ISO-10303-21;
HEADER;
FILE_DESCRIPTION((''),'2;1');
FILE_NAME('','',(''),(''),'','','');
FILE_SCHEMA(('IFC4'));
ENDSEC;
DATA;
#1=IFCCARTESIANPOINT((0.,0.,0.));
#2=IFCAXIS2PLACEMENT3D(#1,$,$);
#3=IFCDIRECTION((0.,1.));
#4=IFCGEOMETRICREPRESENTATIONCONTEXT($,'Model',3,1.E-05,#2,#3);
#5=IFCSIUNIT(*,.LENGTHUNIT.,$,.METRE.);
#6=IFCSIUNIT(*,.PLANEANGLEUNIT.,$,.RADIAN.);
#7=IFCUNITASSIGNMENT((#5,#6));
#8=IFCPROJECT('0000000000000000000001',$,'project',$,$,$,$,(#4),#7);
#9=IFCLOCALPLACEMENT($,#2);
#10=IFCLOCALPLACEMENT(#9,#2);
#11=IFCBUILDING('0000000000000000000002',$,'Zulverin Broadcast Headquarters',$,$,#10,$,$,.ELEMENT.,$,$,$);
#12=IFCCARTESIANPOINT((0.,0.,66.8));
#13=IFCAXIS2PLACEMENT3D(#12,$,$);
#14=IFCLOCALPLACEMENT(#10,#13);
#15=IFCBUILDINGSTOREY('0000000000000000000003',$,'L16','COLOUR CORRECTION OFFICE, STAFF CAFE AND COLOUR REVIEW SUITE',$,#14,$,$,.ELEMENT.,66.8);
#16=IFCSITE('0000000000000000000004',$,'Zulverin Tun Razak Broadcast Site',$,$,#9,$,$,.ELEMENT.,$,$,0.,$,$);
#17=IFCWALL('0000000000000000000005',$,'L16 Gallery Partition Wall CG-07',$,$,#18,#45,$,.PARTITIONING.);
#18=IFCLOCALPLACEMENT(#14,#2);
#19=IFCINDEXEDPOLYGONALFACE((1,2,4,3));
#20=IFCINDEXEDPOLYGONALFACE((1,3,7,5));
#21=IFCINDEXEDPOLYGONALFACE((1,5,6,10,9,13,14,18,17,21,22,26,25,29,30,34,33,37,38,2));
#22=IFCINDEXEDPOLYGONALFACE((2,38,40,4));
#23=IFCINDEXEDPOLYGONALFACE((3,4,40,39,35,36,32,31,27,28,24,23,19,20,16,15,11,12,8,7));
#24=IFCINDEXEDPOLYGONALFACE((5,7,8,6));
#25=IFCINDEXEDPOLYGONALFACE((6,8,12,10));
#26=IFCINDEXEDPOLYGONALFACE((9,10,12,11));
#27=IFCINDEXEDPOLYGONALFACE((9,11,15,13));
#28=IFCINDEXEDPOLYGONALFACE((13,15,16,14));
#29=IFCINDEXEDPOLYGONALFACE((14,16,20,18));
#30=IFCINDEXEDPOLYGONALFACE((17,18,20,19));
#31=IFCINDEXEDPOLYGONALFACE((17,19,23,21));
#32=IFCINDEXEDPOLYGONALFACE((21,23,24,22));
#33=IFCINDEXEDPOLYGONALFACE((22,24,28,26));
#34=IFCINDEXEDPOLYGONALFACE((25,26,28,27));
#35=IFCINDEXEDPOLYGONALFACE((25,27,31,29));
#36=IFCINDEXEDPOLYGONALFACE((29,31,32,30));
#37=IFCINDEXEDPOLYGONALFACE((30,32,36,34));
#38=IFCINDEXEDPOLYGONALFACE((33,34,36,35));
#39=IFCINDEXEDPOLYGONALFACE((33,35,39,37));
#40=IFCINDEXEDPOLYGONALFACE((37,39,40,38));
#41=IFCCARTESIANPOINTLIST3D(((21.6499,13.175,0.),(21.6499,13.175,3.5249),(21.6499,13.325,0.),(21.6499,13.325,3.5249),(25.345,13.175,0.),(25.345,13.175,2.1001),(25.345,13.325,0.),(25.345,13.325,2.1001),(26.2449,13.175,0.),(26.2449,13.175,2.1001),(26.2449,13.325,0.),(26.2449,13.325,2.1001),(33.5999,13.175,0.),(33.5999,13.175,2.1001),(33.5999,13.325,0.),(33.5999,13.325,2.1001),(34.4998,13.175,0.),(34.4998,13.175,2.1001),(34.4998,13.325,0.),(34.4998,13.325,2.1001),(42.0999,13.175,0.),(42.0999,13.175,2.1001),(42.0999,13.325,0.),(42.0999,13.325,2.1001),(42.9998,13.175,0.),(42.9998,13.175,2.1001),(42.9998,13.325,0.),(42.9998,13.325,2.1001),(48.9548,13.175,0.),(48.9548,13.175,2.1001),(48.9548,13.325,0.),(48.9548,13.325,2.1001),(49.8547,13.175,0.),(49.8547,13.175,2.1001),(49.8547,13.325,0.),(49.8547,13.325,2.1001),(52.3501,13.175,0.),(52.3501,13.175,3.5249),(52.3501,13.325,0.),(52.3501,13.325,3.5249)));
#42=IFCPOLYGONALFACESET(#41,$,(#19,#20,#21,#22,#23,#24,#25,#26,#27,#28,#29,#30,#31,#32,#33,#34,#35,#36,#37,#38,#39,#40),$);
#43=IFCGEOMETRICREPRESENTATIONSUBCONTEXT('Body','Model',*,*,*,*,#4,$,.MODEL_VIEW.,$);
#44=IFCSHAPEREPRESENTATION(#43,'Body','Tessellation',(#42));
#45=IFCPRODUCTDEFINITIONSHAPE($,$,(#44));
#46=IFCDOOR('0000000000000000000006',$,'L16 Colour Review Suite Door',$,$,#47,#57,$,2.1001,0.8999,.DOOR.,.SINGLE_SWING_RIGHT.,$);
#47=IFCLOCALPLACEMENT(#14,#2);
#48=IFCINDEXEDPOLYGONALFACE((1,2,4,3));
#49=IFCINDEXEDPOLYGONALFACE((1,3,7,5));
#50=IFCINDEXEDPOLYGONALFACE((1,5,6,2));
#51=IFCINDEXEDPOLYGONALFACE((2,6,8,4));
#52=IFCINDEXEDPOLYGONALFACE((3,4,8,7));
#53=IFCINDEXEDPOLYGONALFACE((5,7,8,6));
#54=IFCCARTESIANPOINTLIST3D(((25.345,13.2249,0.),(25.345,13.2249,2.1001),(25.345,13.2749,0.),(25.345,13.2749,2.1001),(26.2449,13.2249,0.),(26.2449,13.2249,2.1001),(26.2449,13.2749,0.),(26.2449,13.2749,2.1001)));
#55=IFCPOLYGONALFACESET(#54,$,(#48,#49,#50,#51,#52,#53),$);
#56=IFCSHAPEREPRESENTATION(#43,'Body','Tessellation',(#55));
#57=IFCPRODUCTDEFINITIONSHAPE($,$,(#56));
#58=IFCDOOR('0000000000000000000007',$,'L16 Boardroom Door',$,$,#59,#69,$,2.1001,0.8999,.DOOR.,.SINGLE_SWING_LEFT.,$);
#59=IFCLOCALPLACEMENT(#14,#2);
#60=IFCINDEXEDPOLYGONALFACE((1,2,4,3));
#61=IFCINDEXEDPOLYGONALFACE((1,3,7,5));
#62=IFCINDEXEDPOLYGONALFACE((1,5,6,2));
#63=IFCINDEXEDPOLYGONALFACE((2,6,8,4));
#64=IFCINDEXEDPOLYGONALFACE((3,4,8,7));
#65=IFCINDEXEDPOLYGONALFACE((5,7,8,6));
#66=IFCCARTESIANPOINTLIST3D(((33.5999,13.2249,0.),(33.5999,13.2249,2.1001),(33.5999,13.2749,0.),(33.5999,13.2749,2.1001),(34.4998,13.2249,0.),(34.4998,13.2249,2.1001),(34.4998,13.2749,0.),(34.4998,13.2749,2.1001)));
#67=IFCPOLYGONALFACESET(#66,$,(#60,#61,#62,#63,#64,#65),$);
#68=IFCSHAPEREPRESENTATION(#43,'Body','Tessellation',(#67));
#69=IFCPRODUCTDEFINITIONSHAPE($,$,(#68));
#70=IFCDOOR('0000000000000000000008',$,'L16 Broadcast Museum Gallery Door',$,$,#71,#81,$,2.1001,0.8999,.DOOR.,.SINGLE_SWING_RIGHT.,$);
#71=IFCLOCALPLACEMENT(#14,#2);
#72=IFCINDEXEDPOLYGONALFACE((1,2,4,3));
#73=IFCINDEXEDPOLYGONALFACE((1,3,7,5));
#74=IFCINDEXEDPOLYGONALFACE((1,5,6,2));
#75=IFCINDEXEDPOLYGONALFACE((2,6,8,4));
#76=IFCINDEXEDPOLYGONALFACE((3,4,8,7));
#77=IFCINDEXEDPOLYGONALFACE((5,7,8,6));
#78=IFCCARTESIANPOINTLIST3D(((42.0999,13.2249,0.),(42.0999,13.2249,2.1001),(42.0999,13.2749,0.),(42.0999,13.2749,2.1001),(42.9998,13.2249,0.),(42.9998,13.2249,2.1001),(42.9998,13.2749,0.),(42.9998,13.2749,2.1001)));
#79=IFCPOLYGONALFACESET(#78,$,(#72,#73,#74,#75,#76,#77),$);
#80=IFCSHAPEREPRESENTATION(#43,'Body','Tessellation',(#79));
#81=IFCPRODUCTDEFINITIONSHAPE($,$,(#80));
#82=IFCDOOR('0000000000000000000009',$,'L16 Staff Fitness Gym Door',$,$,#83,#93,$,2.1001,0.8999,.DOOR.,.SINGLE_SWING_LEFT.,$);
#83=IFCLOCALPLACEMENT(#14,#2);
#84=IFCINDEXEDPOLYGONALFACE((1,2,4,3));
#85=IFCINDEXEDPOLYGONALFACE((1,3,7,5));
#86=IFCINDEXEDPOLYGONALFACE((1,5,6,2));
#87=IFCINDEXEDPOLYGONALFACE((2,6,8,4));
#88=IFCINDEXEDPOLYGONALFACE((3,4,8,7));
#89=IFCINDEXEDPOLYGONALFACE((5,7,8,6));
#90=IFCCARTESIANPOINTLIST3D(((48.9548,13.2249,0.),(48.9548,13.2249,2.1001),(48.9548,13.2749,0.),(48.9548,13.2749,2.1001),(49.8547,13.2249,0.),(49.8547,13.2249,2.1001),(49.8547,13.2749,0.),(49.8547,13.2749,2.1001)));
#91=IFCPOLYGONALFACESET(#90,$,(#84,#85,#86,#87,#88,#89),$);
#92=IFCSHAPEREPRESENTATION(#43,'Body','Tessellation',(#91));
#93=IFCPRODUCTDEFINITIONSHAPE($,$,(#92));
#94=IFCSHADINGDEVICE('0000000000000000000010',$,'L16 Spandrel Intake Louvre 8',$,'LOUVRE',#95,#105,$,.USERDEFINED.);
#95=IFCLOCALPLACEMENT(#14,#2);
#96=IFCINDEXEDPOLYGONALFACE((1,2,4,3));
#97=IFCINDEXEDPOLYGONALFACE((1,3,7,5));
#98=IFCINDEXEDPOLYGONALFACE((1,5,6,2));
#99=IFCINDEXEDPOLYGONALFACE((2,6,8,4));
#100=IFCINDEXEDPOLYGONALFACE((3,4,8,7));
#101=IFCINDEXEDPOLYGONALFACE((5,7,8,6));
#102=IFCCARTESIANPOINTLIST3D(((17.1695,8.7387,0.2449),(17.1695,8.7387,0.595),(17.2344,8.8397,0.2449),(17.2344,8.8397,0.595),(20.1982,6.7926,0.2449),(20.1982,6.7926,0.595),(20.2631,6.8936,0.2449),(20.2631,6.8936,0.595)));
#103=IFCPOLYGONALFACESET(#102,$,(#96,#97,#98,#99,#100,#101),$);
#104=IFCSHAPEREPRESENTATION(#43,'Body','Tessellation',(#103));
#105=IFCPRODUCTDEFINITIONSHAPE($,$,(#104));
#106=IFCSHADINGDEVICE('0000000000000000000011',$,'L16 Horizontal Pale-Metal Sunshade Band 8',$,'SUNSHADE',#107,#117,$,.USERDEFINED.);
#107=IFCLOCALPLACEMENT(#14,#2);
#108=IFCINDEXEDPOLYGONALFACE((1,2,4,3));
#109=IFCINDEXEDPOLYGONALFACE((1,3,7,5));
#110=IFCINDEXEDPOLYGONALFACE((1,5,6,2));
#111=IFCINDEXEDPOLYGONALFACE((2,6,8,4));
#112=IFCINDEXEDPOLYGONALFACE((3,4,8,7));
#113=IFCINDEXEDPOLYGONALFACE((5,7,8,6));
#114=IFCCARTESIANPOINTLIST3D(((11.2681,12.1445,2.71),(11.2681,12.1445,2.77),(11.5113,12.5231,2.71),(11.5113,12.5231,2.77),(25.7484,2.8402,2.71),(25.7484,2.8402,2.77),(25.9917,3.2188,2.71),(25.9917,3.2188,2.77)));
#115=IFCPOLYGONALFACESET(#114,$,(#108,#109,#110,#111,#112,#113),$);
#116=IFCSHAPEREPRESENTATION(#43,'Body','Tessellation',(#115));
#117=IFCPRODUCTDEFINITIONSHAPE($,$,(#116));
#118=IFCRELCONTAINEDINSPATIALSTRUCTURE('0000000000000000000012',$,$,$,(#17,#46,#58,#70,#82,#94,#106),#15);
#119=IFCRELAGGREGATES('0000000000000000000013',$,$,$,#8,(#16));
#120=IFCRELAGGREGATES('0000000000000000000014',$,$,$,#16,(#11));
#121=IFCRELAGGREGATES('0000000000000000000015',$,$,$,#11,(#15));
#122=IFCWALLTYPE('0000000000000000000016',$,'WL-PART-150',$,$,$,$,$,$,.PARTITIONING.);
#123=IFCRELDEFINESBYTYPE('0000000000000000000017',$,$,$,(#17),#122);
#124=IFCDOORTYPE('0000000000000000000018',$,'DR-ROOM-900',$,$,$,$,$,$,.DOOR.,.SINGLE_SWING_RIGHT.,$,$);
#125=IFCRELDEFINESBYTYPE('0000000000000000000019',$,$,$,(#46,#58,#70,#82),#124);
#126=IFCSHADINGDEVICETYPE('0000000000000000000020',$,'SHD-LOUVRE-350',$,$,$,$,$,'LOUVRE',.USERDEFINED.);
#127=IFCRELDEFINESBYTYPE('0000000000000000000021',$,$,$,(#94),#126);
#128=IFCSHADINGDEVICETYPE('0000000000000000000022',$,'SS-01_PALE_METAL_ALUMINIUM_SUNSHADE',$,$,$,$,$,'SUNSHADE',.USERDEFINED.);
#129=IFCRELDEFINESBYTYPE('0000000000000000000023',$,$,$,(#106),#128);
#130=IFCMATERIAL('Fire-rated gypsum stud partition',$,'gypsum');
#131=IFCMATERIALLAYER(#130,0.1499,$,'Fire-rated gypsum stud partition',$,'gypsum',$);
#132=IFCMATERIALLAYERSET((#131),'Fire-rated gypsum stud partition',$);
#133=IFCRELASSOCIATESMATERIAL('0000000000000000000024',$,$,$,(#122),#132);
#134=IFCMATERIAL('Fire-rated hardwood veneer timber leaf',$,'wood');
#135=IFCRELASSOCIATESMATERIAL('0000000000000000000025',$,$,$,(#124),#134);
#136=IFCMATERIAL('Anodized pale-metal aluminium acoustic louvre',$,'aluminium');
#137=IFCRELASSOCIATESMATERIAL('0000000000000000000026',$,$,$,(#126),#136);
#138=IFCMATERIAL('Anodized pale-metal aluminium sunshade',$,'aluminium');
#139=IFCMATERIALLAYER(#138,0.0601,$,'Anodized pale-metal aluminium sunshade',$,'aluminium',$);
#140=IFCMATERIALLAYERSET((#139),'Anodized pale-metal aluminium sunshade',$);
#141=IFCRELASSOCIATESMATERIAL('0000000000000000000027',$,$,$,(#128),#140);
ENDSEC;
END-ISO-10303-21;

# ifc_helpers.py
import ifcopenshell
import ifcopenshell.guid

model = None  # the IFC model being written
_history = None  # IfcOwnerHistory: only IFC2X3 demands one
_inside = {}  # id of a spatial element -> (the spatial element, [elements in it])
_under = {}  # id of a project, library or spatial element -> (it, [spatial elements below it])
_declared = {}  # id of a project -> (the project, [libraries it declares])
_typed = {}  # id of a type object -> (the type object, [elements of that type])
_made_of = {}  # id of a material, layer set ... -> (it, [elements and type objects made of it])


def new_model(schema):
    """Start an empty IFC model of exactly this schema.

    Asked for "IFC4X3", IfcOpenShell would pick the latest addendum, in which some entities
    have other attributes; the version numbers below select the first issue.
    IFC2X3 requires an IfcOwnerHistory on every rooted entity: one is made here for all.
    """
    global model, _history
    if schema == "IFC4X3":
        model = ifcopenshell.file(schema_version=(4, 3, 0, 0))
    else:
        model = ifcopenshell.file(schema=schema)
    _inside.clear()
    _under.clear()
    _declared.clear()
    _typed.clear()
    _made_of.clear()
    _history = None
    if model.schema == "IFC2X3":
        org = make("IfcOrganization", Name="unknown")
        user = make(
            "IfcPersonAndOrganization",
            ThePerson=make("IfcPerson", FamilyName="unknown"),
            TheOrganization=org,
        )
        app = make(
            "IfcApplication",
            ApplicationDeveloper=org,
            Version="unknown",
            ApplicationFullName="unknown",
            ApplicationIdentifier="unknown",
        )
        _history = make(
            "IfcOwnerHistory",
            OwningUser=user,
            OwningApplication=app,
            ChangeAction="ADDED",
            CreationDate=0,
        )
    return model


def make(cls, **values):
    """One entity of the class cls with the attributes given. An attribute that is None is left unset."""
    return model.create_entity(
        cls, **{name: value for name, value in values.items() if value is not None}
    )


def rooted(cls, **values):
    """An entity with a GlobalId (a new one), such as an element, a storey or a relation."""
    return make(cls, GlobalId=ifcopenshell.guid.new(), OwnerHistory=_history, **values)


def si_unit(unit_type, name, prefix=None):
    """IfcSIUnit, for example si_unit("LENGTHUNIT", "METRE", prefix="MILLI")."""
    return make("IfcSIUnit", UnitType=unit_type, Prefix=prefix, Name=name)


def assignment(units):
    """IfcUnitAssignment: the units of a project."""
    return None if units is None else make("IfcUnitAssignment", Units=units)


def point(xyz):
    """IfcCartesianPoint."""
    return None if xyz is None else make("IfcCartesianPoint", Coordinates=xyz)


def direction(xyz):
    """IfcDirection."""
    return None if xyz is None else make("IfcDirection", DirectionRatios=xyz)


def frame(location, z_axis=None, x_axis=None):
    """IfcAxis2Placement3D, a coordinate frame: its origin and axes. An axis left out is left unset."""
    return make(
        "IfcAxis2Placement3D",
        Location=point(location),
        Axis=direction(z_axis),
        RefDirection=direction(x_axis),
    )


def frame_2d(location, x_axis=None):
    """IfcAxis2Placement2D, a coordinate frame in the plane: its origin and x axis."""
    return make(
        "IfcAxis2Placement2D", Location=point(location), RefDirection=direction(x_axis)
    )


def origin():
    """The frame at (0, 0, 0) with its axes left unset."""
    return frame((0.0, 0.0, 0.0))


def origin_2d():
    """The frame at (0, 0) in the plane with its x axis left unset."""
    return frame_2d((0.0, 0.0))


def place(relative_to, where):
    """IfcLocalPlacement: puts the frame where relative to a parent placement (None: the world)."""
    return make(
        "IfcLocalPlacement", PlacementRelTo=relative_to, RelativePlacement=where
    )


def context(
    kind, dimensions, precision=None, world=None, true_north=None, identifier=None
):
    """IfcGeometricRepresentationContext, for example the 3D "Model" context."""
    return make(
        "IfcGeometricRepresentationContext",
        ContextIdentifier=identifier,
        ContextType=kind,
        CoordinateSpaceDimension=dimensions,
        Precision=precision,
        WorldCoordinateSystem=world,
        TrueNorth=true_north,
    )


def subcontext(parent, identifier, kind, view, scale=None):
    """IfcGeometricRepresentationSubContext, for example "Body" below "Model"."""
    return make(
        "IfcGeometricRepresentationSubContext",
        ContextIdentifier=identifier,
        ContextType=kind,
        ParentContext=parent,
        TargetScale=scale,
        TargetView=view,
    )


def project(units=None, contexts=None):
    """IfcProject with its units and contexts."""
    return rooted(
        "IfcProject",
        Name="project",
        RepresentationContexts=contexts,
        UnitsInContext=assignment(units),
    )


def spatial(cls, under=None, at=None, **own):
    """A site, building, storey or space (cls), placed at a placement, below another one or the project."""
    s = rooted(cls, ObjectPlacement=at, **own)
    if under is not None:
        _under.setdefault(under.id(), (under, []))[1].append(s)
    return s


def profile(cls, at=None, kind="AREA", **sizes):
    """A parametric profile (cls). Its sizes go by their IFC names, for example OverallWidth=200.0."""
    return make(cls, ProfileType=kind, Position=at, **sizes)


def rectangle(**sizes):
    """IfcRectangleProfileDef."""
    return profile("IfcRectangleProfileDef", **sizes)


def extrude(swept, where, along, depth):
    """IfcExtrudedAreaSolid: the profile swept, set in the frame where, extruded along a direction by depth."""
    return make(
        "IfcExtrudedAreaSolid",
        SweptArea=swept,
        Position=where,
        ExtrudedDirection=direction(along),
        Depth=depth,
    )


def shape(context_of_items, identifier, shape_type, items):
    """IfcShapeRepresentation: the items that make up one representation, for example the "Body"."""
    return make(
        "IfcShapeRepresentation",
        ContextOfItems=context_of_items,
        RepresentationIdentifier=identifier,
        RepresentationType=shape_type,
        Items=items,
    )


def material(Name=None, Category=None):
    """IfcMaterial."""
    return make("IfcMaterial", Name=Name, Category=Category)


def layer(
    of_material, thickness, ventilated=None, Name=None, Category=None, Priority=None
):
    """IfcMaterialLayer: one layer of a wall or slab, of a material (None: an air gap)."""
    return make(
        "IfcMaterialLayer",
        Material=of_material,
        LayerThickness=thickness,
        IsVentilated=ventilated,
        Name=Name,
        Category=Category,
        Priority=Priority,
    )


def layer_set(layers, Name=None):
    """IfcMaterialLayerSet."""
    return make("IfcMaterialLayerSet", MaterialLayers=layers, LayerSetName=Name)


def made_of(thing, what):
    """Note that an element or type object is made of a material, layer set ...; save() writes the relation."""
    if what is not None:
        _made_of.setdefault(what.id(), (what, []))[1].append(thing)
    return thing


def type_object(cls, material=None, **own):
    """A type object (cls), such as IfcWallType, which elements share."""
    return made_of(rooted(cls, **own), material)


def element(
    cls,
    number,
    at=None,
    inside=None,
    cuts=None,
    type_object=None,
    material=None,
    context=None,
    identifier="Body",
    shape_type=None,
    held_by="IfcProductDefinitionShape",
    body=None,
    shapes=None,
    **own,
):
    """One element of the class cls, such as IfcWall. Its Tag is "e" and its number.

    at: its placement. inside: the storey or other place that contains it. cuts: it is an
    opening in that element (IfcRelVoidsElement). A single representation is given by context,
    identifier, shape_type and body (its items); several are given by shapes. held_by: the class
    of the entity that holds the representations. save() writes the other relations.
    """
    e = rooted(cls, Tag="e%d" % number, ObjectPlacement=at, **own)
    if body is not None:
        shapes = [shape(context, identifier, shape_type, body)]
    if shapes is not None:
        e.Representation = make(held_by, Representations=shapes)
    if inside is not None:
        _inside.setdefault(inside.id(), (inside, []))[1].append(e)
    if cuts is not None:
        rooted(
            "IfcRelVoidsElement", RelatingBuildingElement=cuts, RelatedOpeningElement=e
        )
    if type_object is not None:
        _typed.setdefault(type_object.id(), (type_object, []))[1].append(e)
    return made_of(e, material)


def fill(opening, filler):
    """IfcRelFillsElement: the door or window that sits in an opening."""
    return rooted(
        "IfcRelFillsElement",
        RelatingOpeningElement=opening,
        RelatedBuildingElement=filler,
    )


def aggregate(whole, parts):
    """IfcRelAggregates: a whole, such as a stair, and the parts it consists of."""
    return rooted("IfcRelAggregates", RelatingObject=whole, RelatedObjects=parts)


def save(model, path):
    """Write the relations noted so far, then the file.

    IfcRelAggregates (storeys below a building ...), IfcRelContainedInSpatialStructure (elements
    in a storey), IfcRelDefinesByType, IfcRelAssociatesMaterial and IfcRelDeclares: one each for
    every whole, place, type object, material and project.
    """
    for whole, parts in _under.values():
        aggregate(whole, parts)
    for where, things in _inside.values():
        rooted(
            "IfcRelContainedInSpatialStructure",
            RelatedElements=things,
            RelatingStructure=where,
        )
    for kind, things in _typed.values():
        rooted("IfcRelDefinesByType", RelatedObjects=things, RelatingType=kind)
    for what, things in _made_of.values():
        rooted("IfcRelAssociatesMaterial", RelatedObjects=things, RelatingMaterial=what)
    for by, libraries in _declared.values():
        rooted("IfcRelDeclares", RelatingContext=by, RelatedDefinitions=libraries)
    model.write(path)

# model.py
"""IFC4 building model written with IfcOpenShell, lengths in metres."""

from ifc_helpers import new_model, si_unit, direction, frame, frame_2d, origin, origin_2d, place, context, subcontext, project, spatial, rectangle, extrude, material, layer, layer_set, type_object, element, fill, save


model = new_model("IFC4")

# Units and contexts
model_context = context("Model", 3, precision=1e-05, world=origin(), true_north=direction((0.0, 1.0)))
body_context = subcontext(model_context, "Body", "Model", "MODEL_VIEW")
ifc_project = project(units=[si_unit("LENGTHUNIT", "METRE"), si_unit("PLANEANGLEUNIT", "RADIAN")], contexts=[model_context])

# Site, building, storey
site_placement = place(None, origin())
site = spatial("IfcSite", under=ifc_project, at=site_placement, Name="Zulverin Tun Razak Broadcast Site", CompositionType="ELEMENT", RefElevation=0.0)
building_placement = place(site_placement, origin())
building = spatial("IfcBuilding", under=site, at=building_placement, Name="Zulverin Broadcast Headquarters", CompositionType="ELEMENT")
storey_placement = place(building_placement, frame((0.0, 0.0, 66.8)))
storey = spatial("IfcBuildingStorey", under=building, at=storey_placement, Name="L16", Description="COLOUR CORRECTION OFFICE, STAFF CAFE AND COLOUR REVIEW SUITE", CompositionType="ELEMENT", Elevation=66.8)

# Wall, openings, doors
ifc_material_1 = material(Name="Fire-rated gypsum stud partition", Category="gypsum")
ifc_layer_1 = layer(ifc_material_1, 0.1499, Name="Fire-rated gypsum stud partition", Category="gypsum")
ifc_layer_set_1 = layer_set([ifc_layer_1], Name="Fire-rated gypsum stud partition")
wall_type_1 = type_object("IfcWallType", Name="WL-PART-150", PredefinedType="PARTITIONING", material=ifc_layer_set_1)
ifc_material_2 = material(Name="Fire-rated hardwood veneer timber leaf", Category="wood")
door_type = type_object("IfcDoorType", Name="DR-ROOM-900", OperationType="SINGLE_SWING_RIGHT", PredefinedType="DOOR", material=ifc_material_2)
wall_1_placement = place(storey_placement, frame((21.6499, 13.25, 0.0), z_axis=(0.0, 0.0, 1.0), x_axis=(1.0, 0.0, 0.0)))
wall_1 = element("IfcWall", 1, at=wall_1_placement, inside=storey, type_object=wall_type_1, Name="L16 Gallery Partition Wall CG-07", PredefinedType="PARTITIONING", context=body_context, shape_type="SweptSolid", body=[
    extrude(rectangle(XDim=30.7002, YDim=0.1499, at=frame_2d((15.3501, 0.0))), origin(), (0.0, 0.0, 1.0), 3.5249),
])
opening_1_placement = place(wall_1_placement, frame((3.6951, 0.0, 0.0)))
opening_1 = element("IfcOpeningElement", 2, at=opening_1_placement, cuts=wall_1, PredefinedType="OPENING", context=body_context, shape_type="SweptSolid", body=[
    extrude(rectangle(XDim=0.8999, YDim=2.1001, at=frame_2d((0.45, 1.05))), frame((0.0, 0.085, 0.0), z_axis=(0.0, -1.0, 0.0), x_axis=(1.0, 0.0, 0.0)), (0.0, 0.0, 1.0), 0.1699),
])
opening_2_placement = place(wall_1_placement, frame((11.95, 0.0, 0.0)))
opening_2 = element("IfcOpeningElement", 3, at=opening_2_placement, cuts=wall_1, PredefinedType="OPENING", context=body_context, shape_type="SweptSolid", body=[
    extrude(rectangle(XDim=0.8999, YDim=2.1001, at=frame_2d((0.45, 1.05))), frame((0.0, 0.085, 0.0), z_axis=(0.0, -1.0, 0.0), x_axis=(1.0, 0.0, 0.0)), (0.0, 0.0, 1.0), 0.1699),
])
opening_3_placement = place(wall_1_placement, frame((20.45, 0.0, 0.0)))
opening_3 = element("IfcOpeningElement", 4, at=opening_3_placement, cuts=wall_1, PredefinedType="OPENING", context=body_context, shape_type="SweptSolid", body=[
    extrude(rectangle(XDim=0.8999, YDim=2.1001, at=frame_2d((0.45, 1.05))), frame((0.0, 0.085, 0.0), z_axis=(0.0, -1.0, 0.0), x_axis=(1.0, 0.0, 0.0)), (0.0, 0.0, 1.0), 0.1699),
])
opening_4_placement = place(wall_1_placement, frame((27.3049, 0.0, 0.0)))
opening_4 = element("IfcOpeningElement", 5, at=opening_4_placement, cuts=wall_1, PredefinedType="OPENING", context=body_context, shape_type="SweptSolid", body=[
    extrude(rectangle(XDim=0.8999, YDim=2.1001, at=frame_2d((0.45, 1.05))), frame((0.0, 0.085, 0.0), z_axis=(0.0, -1.0, 0.0), x_axis=(1.0, 0.0, 0.0)), (0.0, 0.0, 1.0), 0.1699),
])
door_1_placement = place(opening_1_placement, origin())
door_1 = element("IfcDoor", 6, at=door_1_placement, inside=storey, type_object=door_type, Name="L16 Colour Review Suite Door", OperationType="SINGLE_SWING_RIGHT", OverallHeight=2.1001, OverallWidth=0.8999, PredefinedType="DOOR", context=body_context, shape_type="SweptSolid", body=[
    extrude(rectangle(XDim=0.8999, YDim=2.1001, at=frame_2d((0.45, 1.05))), frame((0.0, 0.0249, 0.0), z_axis=(0.0, -1.0, 0.0), x_axis=(1.0, 0.0, 0.0)), (0.0, 0.0, 1.0), 0.05),
])
fill(opening_1, door_1)
door_2_placement = place(opening_2_placement, origin())
door_2 = element("IfcDoor", 7, at=door_2_placement, inside=storey, type_object=door_type, Name="L16 Boardroom Door", OperationType="SINGLE_SWING_LEFT", OverallHeight=2.1001, OverallWidth=0.8999, PredefinedType="DOOR", context=body_context, shape_type="SweptSolid", body=[
    extrude(rectangle(XDim=0.8999, YDim=2.1001, at=frame_2d((0.45, 1.05))), frame((0.0, 0.0249, 0.0), z_axis=(0.0, -1.0, 0.0), x_axis=(1.0, 0.0, 0.0)), (0.0, 0.0, 1.0), 0.05),
])
fill(opening_2, door_2)
door_3_placement = place(opening_3_placement, origin())
door_3 = element("IfcDoor", 8, at=door_3_placement, inside=storey, type_object=door_type, Name="L16 Broadcast Museum Gallery Door", OperationType="SINGLE_SWING_RIGHT", OverallHeight=2.1001, OverallWidth=0.8999, PredefinedType="DOOR", context=body_context, shape_type="SweptSolid", body=[
    extrude(rectangle(XDim=0.8999, YDim=2.1001, at=frame_2d((0.45, 1.05))), frame((0.0, 0.0249, 0.0), z_axis=(0.0, -1.0, 0.0), x_axis=(1.0, 0.0, 0.0)), (0.0, 0.0, 1.0), 0.05),
])
fill(opening_3, door_3)
door_4_placement = place(opening_4_placement, origin())
door_4 = element("IfcDoor", 9, at=door_4_placement, inside=storey, type_object=door_type, Name="L16 Staff Fitness Gym Door", OperationType="SINGLE_SWING_LEFT", OverallHeight=2.1001, OverallWidth=0.8999, PredefinedType="DOOR", context=body_context, shape_type="SweptSolid", body=[
    extrude(rectangle(XDim=0.8999, YDim=2.1001, at=frame_2d((0.45, 1.05))), frame((0.0, 0.0249, 0.0), z_axis=(0.0, -1.0, 0.0), x_axis=(1.0, 0.0, 0.0)), (0.0, 0.0, 1.0), 0.05),
])
fill(opening_4, door_4)

# Shading devices
ifc_material_3 = material(Name="Anodized pale-metal aluminium acoustic louvre", Category="aluminium")
shading_device_type_1 = type_object("IfcShadingDeviceType", Name="SHD-LOUVRE-350", ElementType="LOUVRE", PredefinedType="USERDEFINED", material=ifc_material_3)
shading_device_1_placement = place(storey_placement, frame((18.7163, 7.8162, 0.2449), z_axis=(0.0, 0.0, 1.0), x_axis=(0.841297, -0.540574, 0.0)))
element("IfcShadingDevice", 10, at=shading_device_1_placement, inside=storey, type_object=shading_device_type_1, Name="L16 Spandrel Intake Louvre 8", ObjectType="LOUVRE", PredefinedType="USERDEFINED", context=body_context, shape_type="SweptSolid", body=[
    extrude(rectangle(XDim=3.6001, YDim=0.1201, at=origin_2d()), origin(), (0.0, 0.0, 1.0), 0.3501),
])
ifc_material_4 = material(Name="Anodized pale-metal aluminium sunshade", Category="aluminium")
ifc_layer_2 = layer(ifc_material_4, 0.0601, Name="Anodized pale-metal aluminium sunshade", Category="aluminium")
ifc_layer_set_2 = layer_set([ifc_layer_2], Name="Anodized pale-metal aluminium sunshade")
shading_device_type_2 = type_object("IfcShadingDeviceType", Name="SS-01_PALE_METAL_ALUMINIUM_SUNSHADE", ElementType="SUNSHADE", PredefinedType="USERDEFINED", material=ifc_layer_set_2)
shading_device_2_placement = place(storey_placement, frame((18.6299, 7.6816, 2.71), z_axis=(0.0, 0.0, 1.0), x_axis=(0.841297, -0.540574, 0.0)))
element("IfcShadingDevice", 11, at=shading_device_2_placement, inside=storey, type_object=shading_device_type_2, Name="L16 Horizontal Pale-Metal Sunshade Band 8", ObjectType="SUNSHADE", PredefinedType="USERDEFINED", context=body_context, shape_type="SweptSolid", body=[
    extrude(rectangle(XDim=17.2119, YDim=0.45, at=origin_2d()), origin(), (0.0, 0.0, 1.0), 0.0601),
])

save(model, "model.ifc")
